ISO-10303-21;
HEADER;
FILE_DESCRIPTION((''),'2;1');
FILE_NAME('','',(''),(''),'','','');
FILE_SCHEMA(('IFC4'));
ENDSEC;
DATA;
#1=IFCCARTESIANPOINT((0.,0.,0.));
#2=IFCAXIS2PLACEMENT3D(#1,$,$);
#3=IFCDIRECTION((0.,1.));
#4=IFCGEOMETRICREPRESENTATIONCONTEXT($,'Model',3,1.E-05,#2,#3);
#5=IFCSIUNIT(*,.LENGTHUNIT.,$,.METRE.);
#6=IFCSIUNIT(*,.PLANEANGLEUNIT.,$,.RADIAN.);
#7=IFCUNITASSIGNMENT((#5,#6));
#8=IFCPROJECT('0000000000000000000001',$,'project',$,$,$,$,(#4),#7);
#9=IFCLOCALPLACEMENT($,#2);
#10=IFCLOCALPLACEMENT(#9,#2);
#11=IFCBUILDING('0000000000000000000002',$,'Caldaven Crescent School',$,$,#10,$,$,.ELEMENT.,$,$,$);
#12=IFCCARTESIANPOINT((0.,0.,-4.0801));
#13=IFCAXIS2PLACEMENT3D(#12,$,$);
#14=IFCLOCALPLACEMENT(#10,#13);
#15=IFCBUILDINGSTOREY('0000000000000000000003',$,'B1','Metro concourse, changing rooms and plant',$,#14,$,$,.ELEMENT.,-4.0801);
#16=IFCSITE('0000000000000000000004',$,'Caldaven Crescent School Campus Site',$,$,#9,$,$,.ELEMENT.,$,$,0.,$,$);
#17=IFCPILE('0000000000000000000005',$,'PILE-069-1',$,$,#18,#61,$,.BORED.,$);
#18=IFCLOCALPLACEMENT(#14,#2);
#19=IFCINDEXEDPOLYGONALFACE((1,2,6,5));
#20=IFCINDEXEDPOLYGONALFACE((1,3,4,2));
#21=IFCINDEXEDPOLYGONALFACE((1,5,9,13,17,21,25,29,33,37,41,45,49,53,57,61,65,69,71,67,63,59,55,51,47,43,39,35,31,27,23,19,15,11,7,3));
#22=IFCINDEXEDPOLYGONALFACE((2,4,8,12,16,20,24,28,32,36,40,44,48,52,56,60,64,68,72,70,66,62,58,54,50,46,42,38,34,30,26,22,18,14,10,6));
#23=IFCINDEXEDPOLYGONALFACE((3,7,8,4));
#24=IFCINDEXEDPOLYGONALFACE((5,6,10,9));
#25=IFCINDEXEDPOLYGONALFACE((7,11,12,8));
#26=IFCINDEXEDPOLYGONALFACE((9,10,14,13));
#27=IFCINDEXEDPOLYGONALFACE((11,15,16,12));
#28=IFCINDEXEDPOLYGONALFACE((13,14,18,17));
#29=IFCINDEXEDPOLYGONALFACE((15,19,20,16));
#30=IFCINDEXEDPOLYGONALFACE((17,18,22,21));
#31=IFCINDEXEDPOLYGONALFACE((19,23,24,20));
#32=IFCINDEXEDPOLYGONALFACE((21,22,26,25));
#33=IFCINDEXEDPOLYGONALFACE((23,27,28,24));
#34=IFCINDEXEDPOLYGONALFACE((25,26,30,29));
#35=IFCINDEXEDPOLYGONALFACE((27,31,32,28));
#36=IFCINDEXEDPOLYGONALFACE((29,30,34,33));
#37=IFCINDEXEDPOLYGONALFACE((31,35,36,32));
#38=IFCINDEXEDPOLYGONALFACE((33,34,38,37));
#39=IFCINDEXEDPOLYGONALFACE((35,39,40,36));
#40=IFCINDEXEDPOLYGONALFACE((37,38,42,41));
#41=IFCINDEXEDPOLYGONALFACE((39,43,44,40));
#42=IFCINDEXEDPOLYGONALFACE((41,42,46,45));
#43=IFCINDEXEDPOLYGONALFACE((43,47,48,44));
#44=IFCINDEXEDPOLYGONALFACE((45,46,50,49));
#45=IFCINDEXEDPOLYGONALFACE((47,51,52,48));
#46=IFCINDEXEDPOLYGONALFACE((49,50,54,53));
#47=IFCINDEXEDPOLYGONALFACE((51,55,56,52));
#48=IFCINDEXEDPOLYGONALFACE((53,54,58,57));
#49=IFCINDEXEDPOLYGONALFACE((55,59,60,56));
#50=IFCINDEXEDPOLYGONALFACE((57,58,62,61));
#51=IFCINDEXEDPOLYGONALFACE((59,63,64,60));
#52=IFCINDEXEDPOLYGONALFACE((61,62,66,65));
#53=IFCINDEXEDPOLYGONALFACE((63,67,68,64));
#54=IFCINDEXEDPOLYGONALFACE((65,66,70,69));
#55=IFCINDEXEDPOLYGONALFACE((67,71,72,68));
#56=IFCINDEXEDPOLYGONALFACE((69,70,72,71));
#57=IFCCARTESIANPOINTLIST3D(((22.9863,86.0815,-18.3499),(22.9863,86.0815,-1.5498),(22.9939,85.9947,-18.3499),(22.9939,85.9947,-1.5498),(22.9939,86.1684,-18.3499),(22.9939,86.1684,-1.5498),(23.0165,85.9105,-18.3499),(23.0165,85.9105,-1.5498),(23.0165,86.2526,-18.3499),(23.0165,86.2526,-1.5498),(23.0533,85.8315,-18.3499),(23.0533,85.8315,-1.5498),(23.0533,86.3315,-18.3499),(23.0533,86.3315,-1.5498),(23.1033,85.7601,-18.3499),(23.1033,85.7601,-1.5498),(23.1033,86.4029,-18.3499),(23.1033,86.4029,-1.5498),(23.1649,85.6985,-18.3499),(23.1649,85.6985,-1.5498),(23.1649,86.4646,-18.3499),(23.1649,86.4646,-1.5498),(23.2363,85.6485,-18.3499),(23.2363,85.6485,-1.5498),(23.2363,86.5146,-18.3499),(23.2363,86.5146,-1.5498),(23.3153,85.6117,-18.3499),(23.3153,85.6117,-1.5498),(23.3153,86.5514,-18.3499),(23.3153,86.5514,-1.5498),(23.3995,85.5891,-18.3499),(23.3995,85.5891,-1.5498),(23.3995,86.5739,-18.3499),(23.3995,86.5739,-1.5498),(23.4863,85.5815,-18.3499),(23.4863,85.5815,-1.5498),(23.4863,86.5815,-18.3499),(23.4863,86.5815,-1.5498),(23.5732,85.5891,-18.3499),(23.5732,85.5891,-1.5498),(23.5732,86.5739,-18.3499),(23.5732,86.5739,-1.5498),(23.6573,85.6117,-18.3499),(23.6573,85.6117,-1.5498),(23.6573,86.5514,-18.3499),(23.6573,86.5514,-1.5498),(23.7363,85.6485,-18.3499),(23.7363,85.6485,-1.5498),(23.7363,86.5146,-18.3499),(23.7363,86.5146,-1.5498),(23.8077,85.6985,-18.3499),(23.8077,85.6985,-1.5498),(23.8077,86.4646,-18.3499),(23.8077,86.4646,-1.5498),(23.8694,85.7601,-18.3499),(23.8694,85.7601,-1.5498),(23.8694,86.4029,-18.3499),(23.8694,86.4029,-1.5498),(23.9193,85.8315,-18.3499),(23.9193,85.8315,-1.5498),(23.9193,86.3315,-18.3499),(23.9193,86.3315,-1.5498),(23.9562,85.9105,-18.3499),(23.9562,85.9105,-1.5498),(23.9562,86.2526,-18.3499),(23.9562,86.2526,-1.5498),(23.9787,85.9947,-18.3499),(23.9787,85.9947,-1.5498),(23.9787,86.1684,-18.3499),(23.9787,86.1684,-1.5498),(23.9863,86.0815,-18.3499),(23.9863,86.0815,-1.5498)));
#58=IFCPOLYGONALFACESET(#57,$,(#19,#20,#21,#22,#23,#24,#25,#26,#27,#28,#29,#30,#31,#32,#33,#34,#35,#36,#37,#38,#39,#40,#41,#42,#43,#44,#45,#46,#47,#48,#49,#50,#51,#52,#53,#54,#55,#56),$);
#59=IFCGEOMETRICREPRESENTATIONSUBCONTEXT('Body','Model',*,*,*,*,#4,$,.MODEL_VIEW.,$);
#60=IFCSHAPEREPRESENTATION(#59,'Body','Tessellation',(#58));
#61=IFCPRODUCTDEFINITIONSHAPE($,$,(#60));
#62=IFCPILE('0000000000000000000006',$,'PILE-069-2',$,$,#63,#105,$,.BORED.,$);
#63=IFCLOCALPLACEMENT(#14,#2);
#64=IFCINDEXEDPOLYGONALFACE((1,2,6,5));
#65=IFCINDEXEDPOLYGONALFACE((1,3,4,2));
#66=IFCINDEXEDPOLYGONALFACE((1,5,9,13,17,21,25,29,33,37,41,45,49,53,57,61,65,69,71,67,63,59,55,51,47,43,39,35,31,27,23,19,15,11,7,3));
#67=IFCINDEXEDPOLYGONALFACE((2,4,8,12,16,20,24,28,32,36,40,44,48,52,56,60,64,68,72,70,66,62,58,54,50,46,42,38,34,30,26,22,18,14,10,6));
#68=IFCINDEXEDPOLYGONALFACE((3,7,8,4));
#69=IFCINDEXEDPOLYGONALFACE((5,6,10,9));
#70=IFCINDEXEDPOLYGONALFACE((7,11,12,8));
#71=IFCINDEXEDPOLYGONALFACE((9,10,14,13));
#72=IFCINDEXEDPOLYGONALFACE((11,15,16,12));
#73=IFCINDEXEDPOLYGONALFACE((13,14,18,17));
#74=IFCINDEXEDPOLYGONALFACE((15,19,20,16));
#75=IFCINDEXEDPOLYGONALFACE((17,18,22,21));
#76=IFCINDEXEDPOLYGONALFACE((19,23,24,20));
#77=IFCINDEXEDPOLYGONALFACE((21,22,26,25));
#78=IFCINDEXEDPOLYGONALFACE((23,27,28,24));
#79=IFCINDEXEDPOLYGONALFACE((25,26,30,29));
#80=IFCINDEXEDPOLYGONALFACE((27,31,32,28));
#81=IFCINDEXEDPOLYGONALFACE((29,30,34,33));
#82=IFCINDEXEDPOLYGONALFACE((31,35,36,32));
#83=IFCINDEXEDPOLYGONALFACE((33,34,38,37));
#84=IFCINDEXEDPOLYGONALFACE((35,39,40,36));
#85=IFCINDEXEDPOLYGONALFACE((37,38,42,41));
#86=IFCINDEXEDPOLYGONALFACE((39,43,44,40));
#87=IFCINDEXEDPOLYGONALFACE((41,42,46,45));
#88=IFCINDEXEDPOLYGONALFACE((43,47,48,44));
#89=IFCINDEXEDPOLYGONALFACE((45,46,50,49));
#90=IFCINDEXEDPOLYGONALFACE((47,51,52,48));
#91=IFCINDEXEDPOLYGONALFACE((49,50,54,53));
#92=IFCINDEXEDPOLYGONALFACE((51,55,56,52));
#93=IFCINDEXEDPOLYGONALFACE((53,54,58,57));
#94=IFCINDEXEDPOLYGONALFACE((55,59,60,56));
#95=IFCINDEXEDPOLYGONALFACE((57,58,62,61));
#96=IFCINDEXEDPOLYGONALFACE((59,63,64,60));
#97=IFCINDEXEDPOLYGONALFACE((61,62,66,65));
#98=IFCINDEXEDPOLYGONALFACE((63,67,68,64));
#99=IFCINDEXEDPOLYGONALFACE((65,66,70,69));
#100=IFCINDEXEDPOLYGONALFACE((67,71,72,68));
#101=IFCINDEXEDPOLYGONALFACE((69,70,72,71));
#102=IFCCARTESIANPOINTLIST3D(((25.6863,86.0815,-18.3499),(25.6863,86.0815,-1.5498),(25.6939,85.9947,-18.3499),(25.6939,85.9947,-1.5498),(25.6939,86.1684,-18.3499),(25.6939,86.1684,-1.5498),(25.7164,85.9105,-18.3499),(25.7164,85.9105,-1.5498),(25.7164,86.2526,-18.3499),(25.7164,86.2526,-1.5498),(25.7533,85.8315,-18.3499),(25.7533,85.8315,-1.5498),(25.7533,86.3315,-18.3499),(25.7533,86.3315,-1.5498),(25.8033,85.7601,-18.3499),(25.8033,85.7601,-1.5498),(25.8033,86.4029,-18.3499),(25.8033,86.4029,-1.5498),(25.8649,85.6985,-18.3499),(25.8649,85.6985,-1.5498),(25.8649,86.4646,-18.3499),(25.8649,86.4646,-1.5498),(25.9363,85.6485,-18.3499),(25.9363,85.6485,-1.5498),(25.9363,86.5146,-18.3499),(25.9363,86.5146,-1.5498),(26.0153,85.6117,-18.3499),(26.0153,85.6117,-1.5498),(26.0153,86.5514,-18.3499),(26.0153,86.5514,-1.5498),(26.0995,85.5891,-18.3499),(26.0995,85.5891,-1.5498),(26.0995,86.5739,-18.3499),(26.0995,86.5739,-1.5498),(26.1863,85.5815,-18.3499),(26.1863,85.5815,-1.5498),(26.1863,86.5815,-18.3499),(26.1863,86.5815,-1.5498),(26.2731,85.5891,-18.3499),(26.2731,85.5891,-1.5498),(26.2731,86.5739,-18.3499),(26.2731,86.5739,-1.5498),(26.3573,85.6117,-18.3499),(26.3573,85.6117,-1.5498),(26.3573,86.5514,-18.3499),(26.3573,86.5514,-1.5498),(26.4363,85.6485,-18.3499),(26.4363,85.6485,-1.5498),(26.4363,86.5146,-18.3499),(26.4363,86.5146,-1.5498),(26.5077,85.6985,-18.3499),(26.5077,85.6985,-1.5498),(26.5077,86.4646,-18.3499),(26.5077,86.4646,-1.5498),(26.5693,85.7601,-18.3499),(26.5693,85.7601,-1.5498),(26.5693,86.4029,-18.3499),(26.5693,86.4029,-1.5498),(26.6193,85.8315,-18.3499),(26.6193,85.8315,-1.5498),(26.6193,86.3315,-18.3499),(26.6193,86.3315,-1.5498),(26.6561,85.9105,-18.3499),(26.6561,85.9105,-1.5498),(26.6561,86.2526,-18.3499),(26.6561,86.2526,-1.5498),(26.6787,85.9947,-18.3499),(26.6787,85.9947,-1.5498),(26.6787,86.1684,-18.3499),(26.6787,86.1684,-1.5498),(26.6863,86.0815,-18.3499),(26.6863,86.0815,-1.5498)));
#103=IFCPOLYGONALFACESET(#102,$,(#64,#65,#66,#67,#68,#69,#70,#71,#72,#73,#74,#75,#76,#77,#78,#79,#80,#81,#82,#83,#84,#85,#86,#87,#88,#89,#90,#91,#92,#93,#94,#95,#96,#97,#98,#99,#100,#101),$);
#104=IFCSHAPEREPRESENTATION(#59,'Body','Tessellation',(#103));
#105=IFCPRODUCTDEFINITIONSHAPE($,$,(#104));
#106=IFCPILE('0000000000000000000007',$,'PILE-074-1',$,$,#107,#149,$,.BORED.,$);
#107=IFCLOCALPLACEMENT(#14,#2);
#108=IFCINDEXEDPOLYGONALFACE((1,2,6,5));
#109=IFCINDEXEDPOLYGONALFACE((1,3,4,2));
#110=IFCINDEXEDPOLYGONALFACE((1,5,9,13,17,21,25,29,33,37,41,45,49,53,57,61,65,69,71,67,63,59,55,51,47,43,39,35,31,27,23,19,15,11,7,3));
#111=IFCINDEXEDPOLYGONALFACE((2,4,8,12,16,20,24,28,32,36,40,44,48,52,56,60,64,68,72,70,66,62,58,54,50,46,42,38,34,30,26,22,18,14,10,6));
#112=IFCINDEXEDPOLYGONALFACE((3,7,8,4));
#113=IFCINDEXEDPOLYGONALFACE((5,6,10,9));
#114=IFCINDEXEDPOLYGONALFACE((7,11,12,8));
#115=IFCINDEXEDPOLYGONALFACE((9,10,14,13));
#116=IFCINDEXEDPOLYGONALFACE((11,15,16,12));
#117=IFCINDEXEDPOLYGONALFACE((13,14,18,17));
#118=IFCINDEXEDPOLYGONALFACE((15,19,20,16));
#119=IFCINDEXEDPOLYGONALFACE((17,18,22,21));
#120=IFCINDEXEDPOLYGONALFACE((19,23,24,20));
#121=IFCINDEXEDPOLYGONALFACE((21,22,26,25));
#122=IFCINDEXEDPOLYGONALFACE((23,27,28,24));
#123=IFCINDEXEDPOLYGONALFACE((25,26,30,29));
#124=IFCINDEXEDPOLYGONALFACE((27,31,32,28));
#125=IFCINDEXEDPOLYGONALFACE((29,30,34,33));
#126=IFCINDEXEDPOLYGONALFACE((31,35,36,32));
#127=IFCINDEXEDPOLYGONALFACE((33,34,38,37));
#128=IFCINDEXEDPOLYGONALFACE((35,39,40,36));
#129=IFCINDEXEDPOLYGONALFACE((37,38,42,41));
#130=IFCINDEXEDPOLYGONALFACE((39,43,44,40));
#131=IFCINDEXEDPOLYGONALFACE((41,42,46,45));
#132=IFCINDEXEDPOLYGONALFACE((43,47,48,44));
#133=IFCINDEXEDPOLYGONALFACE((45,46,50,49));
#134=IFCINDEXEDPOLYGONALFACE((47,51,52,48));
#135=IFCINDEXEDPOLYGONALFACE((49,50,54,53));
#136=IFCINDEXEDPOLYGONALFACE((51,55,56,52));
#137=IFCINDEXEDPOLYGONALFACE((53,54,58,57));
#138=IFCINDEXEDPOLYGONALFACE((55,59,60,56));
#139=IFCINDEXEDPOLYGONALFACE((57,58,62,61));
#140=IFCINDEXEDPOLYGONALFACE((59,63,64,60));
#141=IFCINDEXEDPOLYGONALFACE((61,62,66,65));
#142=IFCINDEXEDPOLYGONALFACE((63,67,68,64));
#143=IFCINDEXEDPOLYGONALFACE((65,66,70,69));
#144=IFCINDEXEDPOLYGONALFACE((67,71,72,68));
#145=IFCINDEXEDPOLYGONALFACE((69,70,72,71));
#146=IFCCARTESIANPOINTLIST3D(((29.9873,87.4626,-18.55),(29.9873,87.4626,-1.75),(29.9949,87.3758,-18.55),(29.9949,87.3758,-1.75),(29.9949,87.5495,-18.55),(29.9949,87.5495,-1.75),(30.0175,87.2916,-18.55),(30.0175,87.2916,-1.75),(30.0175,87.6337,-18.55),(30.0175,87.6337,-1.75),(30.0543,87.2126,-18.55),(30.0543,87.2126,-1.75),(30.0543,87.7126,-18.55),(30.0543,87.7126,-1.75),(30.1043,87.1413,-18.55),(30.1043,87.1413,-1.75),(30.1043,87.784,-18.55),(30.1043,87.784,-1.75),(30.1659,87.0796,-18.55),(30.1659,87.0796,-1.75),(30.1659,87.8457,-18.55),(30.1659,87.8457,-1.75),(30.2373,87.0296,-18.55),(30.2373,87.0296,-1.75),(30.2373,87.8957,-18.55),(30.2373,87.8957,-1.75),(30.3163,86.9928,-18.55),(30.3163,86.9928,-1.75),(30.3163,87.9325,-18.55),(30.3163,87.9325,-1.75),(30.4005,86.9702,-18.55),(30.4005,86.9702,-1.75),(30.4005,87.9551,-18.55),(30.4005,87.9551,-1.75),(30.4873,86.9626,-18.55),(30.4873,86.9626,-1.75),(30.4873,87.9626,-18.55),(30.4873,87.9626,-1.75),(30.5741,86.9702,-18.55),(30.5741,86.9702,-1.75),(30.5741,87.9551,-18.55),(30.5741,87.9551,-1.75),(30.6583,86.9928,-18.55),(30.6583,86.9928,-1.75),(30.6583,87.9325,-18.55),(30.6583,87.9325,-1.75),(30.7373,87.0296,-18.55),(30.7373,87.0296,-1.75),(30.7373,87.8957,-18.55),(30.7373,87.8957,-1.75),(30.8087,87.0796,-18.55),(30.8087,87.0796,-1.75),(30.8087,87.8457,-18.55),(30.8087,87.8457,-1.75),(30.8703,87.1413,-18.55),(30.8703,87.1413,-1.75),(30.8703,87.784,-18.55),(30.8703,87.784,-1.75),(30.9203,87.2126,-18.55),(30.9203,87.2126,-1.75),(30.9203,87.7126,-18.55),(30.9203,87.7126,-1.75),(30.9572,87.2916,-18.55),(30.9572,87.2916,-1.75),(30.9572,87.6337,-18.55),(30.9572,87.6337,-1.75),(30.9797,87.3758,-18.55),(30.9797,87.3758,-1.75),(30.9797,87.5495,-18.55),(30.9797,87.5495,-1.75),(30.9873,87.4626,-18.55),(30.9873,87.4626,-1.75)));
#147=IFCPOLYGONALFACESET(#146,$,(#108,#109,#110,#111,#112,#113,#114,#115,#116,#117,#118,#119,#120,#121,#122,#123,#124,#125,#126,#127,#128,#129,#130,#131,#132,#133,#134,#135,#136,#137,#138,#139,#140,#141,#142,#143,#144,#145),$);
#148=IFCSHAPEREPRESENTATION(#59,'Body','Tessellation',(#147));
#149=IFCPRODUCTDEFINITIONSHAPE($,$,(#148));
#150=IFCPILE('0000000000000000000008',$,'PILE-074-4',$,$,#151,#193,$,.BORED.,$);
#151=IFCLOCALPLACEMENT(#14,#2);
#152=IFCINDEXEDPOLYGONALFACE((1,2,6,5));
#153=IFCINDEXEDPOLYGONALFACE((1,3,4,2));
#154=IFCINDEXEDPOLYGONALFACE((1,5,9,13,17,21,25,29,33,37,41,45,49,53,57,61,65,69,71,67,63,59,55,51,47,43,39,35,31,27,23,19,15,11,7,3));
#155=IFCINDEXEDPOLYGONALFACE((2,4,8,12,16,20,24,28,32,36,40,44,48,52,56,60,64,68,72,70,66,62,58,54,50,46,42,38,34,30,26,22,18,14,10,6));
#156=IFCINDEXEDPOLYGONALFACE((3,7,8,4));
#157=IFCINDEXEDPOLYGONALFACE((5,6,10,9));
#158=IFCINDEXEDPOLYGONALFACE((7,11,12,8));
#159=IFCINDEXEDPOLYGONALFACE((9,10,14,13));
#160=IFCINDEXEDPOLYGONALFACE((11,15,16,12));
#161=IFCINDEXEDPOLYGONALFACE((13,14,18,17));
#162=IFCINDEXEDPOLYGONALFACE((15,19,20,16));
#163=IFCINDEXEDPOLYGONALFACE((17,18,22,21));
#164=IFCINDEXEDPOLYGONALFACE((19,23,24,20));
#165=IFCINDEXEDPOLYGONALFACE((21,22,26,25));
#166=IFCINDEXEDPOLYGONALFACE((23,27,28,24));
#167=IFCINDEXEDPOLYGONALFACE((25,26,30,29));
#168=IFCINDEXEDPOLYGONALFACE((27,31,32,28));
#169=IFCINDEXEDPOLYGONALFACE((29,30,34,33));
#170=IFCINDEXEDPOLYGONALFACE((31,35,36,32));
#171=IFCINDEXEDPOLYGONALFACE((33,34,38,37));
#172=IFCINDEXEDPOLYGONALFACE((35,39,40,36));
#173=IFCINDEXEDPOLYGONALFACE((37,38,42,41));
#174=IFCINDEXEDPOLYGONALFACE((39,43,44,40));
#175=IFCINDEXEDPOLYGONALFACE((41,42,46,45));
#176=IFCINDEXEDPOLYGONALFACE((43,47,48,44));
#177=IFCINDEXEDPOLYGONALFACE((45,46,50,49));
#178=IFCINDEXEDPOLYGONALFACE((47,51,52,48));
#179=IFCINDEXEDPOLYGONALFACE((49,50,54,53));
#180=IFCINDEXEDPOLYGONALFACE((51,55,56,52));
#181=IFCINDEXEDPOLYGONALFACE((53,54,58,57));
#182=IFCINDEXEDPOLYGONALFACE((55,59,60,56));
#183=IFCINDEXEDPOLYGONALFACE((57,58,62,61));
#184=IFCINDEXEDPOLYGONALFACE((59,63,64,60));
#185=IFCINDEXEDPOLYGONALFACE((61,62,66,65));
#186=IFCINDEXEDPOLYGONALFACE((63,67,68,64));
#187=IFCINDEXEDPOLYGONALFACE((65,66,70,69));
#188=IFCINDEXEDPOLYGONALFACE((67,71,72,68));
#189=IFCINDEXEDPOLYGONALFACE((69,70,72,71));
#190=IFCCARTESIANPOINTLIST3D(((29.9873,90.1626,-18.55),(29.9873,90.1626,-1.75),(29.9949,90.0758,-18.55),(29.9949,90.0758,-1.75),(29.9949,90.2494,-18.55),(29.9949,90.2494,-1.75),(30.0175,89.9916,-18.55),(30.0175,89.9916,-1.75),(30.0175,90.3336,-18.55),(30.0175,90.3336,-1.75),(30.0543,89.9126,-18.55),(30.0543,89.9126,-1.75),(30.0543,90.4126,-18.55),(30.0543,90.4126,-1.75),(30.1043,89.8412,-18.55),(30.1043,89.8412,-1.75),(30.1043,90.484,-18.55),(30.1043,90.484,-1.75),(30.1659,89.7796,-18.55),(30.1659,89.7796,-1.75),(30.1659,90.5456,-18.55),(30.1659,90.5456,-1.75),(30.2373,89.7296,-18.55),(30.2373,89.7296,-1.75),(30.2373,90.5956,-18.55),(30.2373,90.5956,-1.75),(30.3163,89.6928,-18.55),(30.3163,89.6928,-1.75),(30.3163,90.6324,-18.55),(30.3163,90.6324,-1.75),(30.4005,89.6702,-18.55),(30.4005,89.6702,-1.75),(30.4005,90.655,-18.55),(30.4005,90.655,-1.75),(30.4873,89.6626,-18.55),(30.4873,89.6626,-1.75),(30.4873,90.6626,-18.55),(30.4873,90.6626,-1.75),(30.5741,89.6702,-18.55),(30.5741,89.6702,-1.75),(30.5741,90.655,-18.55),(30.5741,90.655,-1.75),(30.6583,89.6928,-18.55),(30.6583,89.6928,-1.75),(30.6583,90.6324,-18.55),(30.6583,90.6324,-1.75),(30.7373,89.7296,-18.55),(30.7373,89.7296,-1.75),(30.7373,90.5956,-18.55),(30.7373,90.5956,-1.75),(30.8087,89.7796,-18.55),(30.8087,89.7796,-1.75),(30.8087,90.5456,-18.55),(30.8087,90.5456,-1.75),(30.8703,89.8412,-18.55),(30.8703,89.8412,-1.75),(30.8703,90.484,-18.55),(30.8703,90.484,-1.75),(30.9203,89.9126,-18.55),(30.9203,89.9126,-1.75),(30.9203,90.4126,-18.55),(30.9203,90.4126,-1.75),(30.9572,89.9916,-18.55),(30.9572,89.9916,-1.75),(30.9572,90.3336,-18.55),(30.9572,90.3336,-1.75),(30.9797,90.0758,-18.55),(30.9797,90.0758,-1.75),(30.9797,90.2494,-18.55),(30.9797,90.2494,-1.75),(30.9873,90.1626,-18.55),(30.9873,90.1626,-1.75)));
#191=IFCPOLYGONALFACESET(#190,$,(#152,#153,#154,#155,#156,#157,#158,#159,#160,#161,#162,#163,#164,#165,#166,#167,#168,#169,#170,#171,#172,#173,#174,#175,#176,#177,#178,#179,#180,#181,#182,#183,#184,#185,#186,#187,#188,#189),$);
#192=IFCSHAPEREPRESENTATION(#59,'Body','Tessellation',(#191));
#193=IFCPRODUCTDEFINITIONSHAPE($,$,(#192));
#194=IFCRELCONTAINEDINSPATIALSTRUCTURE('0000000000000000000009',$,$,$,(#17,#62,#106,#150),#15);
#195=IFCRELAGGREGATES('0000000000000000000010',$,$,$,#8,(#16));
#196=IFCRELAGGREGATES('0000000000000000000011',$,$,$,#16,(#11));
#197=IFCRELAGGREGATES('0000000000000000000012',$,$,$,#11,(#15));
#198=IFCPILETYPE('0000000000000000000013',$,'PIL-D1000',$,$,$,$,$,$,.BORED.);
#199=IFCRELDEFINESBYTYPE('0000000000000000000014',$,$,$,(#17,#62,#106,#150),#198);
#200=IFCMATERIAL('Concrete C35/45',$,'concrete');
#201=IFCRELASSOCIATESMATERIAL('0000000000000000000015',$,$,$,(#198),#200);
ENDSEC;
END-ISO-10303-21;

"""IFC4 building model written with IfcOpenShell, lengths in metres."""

from ifc_helpers import new_model, si_unit, direction, frame, origin, origin_2d, place, context, subcontext, project, spatial, circle, extrude, material, material_profile, profile_set, type_object, element, save


model = new_model("IFC4")

# Units and contexts
model_context = context("Model", 3, precision=1e-05, world=origin(), true_north=direction((0.0, 1.0)))
body_context = subcontext(model_context, "Body", "Model", "MODEL_VIEW")
ifc_project = project(units=[si_unit("LENGTHUNIT", "METRE"), si_unit("PLANEANGLEUNIT", "RADIAN")], contexts=[model_context])

# Site, building, storey
site_placement = place(None, origin())
site = spatial("IfcSite", under=ifc_project, at=site_placement, Name="Caldaven Crescent School Campus Site", CompositionType="ELEMENT", RefElevation=0.0)
building_placement = place(site_placement, origin())
building = spatial("IfcBuilding", under=site, at=building_placement, Name="Caldaven Crescent School", CompositionType="ELEMENT")
storey_placement = place(building_placement, frame((0.0, 0.0, -4.0801)))
storey = spatial("IfcBuildingStorey", under=building, at=storey_placement, Name="B1", Description="Metro concourse, changing rooms and plant", CompositionType="ELEMENT", Elevation=-4.0801)

# Shared definitions
ifc_material_1 = material(Name="Concrete C35/45", Category="concrete")

# Piles
ifc_material_profile_1 = material_profile(ifc_material_1, circle(Radius=0.5, at=origin_2d()), Name="PILE D1000")
ifc_profile_set_1 = profile_set([ifc_material_profile_1], Name="Concrete C35/45")
pile_type_1 = type_object("IfcPileType", Name="PIL-D1000", PredefinedType="BORED", material=ifc_profile_set_1)
for number, where, z_axis, x_axis, name in (
    (1, (23.4863, 86.0815, -1.5498), (0.0, 0.0, -1.0), (1.0, 0.0, 0.0), "PILE-069-1"),
    (2, (26.1863, 86.0815, -1.5498), (0.0, 0.0, -1.0), (1.0, 0.0, 0.0), "PILE-069-2"),
    (3, (30.4873, 87.4626, -1.75), (0.0, 0.0, -1.0), (1.0, 0.0, 0.0), "PILE-074-1"),
    (4, (30.4873, 90.1626, -1.75), (0.0, 0.0, -1.0), (1.0, 0.0, 0.0), "PILE-074-4"),
):
    element("IfcPile", number, at=place(storey_placement, frame(where, z_axis=z_axis, x_axis=x_axis)), inside=storey, type_object=pile_type_1, Name=name, PredefinedType="BORED", context=body_context, shape_type="SweptSolid", body=[
        extrude(circle(Radius=0.5, at=origin_2d()), origin(), (0.0, 0.0, 1.0), 16.8),
    ])

save(model, "model.ifc")
